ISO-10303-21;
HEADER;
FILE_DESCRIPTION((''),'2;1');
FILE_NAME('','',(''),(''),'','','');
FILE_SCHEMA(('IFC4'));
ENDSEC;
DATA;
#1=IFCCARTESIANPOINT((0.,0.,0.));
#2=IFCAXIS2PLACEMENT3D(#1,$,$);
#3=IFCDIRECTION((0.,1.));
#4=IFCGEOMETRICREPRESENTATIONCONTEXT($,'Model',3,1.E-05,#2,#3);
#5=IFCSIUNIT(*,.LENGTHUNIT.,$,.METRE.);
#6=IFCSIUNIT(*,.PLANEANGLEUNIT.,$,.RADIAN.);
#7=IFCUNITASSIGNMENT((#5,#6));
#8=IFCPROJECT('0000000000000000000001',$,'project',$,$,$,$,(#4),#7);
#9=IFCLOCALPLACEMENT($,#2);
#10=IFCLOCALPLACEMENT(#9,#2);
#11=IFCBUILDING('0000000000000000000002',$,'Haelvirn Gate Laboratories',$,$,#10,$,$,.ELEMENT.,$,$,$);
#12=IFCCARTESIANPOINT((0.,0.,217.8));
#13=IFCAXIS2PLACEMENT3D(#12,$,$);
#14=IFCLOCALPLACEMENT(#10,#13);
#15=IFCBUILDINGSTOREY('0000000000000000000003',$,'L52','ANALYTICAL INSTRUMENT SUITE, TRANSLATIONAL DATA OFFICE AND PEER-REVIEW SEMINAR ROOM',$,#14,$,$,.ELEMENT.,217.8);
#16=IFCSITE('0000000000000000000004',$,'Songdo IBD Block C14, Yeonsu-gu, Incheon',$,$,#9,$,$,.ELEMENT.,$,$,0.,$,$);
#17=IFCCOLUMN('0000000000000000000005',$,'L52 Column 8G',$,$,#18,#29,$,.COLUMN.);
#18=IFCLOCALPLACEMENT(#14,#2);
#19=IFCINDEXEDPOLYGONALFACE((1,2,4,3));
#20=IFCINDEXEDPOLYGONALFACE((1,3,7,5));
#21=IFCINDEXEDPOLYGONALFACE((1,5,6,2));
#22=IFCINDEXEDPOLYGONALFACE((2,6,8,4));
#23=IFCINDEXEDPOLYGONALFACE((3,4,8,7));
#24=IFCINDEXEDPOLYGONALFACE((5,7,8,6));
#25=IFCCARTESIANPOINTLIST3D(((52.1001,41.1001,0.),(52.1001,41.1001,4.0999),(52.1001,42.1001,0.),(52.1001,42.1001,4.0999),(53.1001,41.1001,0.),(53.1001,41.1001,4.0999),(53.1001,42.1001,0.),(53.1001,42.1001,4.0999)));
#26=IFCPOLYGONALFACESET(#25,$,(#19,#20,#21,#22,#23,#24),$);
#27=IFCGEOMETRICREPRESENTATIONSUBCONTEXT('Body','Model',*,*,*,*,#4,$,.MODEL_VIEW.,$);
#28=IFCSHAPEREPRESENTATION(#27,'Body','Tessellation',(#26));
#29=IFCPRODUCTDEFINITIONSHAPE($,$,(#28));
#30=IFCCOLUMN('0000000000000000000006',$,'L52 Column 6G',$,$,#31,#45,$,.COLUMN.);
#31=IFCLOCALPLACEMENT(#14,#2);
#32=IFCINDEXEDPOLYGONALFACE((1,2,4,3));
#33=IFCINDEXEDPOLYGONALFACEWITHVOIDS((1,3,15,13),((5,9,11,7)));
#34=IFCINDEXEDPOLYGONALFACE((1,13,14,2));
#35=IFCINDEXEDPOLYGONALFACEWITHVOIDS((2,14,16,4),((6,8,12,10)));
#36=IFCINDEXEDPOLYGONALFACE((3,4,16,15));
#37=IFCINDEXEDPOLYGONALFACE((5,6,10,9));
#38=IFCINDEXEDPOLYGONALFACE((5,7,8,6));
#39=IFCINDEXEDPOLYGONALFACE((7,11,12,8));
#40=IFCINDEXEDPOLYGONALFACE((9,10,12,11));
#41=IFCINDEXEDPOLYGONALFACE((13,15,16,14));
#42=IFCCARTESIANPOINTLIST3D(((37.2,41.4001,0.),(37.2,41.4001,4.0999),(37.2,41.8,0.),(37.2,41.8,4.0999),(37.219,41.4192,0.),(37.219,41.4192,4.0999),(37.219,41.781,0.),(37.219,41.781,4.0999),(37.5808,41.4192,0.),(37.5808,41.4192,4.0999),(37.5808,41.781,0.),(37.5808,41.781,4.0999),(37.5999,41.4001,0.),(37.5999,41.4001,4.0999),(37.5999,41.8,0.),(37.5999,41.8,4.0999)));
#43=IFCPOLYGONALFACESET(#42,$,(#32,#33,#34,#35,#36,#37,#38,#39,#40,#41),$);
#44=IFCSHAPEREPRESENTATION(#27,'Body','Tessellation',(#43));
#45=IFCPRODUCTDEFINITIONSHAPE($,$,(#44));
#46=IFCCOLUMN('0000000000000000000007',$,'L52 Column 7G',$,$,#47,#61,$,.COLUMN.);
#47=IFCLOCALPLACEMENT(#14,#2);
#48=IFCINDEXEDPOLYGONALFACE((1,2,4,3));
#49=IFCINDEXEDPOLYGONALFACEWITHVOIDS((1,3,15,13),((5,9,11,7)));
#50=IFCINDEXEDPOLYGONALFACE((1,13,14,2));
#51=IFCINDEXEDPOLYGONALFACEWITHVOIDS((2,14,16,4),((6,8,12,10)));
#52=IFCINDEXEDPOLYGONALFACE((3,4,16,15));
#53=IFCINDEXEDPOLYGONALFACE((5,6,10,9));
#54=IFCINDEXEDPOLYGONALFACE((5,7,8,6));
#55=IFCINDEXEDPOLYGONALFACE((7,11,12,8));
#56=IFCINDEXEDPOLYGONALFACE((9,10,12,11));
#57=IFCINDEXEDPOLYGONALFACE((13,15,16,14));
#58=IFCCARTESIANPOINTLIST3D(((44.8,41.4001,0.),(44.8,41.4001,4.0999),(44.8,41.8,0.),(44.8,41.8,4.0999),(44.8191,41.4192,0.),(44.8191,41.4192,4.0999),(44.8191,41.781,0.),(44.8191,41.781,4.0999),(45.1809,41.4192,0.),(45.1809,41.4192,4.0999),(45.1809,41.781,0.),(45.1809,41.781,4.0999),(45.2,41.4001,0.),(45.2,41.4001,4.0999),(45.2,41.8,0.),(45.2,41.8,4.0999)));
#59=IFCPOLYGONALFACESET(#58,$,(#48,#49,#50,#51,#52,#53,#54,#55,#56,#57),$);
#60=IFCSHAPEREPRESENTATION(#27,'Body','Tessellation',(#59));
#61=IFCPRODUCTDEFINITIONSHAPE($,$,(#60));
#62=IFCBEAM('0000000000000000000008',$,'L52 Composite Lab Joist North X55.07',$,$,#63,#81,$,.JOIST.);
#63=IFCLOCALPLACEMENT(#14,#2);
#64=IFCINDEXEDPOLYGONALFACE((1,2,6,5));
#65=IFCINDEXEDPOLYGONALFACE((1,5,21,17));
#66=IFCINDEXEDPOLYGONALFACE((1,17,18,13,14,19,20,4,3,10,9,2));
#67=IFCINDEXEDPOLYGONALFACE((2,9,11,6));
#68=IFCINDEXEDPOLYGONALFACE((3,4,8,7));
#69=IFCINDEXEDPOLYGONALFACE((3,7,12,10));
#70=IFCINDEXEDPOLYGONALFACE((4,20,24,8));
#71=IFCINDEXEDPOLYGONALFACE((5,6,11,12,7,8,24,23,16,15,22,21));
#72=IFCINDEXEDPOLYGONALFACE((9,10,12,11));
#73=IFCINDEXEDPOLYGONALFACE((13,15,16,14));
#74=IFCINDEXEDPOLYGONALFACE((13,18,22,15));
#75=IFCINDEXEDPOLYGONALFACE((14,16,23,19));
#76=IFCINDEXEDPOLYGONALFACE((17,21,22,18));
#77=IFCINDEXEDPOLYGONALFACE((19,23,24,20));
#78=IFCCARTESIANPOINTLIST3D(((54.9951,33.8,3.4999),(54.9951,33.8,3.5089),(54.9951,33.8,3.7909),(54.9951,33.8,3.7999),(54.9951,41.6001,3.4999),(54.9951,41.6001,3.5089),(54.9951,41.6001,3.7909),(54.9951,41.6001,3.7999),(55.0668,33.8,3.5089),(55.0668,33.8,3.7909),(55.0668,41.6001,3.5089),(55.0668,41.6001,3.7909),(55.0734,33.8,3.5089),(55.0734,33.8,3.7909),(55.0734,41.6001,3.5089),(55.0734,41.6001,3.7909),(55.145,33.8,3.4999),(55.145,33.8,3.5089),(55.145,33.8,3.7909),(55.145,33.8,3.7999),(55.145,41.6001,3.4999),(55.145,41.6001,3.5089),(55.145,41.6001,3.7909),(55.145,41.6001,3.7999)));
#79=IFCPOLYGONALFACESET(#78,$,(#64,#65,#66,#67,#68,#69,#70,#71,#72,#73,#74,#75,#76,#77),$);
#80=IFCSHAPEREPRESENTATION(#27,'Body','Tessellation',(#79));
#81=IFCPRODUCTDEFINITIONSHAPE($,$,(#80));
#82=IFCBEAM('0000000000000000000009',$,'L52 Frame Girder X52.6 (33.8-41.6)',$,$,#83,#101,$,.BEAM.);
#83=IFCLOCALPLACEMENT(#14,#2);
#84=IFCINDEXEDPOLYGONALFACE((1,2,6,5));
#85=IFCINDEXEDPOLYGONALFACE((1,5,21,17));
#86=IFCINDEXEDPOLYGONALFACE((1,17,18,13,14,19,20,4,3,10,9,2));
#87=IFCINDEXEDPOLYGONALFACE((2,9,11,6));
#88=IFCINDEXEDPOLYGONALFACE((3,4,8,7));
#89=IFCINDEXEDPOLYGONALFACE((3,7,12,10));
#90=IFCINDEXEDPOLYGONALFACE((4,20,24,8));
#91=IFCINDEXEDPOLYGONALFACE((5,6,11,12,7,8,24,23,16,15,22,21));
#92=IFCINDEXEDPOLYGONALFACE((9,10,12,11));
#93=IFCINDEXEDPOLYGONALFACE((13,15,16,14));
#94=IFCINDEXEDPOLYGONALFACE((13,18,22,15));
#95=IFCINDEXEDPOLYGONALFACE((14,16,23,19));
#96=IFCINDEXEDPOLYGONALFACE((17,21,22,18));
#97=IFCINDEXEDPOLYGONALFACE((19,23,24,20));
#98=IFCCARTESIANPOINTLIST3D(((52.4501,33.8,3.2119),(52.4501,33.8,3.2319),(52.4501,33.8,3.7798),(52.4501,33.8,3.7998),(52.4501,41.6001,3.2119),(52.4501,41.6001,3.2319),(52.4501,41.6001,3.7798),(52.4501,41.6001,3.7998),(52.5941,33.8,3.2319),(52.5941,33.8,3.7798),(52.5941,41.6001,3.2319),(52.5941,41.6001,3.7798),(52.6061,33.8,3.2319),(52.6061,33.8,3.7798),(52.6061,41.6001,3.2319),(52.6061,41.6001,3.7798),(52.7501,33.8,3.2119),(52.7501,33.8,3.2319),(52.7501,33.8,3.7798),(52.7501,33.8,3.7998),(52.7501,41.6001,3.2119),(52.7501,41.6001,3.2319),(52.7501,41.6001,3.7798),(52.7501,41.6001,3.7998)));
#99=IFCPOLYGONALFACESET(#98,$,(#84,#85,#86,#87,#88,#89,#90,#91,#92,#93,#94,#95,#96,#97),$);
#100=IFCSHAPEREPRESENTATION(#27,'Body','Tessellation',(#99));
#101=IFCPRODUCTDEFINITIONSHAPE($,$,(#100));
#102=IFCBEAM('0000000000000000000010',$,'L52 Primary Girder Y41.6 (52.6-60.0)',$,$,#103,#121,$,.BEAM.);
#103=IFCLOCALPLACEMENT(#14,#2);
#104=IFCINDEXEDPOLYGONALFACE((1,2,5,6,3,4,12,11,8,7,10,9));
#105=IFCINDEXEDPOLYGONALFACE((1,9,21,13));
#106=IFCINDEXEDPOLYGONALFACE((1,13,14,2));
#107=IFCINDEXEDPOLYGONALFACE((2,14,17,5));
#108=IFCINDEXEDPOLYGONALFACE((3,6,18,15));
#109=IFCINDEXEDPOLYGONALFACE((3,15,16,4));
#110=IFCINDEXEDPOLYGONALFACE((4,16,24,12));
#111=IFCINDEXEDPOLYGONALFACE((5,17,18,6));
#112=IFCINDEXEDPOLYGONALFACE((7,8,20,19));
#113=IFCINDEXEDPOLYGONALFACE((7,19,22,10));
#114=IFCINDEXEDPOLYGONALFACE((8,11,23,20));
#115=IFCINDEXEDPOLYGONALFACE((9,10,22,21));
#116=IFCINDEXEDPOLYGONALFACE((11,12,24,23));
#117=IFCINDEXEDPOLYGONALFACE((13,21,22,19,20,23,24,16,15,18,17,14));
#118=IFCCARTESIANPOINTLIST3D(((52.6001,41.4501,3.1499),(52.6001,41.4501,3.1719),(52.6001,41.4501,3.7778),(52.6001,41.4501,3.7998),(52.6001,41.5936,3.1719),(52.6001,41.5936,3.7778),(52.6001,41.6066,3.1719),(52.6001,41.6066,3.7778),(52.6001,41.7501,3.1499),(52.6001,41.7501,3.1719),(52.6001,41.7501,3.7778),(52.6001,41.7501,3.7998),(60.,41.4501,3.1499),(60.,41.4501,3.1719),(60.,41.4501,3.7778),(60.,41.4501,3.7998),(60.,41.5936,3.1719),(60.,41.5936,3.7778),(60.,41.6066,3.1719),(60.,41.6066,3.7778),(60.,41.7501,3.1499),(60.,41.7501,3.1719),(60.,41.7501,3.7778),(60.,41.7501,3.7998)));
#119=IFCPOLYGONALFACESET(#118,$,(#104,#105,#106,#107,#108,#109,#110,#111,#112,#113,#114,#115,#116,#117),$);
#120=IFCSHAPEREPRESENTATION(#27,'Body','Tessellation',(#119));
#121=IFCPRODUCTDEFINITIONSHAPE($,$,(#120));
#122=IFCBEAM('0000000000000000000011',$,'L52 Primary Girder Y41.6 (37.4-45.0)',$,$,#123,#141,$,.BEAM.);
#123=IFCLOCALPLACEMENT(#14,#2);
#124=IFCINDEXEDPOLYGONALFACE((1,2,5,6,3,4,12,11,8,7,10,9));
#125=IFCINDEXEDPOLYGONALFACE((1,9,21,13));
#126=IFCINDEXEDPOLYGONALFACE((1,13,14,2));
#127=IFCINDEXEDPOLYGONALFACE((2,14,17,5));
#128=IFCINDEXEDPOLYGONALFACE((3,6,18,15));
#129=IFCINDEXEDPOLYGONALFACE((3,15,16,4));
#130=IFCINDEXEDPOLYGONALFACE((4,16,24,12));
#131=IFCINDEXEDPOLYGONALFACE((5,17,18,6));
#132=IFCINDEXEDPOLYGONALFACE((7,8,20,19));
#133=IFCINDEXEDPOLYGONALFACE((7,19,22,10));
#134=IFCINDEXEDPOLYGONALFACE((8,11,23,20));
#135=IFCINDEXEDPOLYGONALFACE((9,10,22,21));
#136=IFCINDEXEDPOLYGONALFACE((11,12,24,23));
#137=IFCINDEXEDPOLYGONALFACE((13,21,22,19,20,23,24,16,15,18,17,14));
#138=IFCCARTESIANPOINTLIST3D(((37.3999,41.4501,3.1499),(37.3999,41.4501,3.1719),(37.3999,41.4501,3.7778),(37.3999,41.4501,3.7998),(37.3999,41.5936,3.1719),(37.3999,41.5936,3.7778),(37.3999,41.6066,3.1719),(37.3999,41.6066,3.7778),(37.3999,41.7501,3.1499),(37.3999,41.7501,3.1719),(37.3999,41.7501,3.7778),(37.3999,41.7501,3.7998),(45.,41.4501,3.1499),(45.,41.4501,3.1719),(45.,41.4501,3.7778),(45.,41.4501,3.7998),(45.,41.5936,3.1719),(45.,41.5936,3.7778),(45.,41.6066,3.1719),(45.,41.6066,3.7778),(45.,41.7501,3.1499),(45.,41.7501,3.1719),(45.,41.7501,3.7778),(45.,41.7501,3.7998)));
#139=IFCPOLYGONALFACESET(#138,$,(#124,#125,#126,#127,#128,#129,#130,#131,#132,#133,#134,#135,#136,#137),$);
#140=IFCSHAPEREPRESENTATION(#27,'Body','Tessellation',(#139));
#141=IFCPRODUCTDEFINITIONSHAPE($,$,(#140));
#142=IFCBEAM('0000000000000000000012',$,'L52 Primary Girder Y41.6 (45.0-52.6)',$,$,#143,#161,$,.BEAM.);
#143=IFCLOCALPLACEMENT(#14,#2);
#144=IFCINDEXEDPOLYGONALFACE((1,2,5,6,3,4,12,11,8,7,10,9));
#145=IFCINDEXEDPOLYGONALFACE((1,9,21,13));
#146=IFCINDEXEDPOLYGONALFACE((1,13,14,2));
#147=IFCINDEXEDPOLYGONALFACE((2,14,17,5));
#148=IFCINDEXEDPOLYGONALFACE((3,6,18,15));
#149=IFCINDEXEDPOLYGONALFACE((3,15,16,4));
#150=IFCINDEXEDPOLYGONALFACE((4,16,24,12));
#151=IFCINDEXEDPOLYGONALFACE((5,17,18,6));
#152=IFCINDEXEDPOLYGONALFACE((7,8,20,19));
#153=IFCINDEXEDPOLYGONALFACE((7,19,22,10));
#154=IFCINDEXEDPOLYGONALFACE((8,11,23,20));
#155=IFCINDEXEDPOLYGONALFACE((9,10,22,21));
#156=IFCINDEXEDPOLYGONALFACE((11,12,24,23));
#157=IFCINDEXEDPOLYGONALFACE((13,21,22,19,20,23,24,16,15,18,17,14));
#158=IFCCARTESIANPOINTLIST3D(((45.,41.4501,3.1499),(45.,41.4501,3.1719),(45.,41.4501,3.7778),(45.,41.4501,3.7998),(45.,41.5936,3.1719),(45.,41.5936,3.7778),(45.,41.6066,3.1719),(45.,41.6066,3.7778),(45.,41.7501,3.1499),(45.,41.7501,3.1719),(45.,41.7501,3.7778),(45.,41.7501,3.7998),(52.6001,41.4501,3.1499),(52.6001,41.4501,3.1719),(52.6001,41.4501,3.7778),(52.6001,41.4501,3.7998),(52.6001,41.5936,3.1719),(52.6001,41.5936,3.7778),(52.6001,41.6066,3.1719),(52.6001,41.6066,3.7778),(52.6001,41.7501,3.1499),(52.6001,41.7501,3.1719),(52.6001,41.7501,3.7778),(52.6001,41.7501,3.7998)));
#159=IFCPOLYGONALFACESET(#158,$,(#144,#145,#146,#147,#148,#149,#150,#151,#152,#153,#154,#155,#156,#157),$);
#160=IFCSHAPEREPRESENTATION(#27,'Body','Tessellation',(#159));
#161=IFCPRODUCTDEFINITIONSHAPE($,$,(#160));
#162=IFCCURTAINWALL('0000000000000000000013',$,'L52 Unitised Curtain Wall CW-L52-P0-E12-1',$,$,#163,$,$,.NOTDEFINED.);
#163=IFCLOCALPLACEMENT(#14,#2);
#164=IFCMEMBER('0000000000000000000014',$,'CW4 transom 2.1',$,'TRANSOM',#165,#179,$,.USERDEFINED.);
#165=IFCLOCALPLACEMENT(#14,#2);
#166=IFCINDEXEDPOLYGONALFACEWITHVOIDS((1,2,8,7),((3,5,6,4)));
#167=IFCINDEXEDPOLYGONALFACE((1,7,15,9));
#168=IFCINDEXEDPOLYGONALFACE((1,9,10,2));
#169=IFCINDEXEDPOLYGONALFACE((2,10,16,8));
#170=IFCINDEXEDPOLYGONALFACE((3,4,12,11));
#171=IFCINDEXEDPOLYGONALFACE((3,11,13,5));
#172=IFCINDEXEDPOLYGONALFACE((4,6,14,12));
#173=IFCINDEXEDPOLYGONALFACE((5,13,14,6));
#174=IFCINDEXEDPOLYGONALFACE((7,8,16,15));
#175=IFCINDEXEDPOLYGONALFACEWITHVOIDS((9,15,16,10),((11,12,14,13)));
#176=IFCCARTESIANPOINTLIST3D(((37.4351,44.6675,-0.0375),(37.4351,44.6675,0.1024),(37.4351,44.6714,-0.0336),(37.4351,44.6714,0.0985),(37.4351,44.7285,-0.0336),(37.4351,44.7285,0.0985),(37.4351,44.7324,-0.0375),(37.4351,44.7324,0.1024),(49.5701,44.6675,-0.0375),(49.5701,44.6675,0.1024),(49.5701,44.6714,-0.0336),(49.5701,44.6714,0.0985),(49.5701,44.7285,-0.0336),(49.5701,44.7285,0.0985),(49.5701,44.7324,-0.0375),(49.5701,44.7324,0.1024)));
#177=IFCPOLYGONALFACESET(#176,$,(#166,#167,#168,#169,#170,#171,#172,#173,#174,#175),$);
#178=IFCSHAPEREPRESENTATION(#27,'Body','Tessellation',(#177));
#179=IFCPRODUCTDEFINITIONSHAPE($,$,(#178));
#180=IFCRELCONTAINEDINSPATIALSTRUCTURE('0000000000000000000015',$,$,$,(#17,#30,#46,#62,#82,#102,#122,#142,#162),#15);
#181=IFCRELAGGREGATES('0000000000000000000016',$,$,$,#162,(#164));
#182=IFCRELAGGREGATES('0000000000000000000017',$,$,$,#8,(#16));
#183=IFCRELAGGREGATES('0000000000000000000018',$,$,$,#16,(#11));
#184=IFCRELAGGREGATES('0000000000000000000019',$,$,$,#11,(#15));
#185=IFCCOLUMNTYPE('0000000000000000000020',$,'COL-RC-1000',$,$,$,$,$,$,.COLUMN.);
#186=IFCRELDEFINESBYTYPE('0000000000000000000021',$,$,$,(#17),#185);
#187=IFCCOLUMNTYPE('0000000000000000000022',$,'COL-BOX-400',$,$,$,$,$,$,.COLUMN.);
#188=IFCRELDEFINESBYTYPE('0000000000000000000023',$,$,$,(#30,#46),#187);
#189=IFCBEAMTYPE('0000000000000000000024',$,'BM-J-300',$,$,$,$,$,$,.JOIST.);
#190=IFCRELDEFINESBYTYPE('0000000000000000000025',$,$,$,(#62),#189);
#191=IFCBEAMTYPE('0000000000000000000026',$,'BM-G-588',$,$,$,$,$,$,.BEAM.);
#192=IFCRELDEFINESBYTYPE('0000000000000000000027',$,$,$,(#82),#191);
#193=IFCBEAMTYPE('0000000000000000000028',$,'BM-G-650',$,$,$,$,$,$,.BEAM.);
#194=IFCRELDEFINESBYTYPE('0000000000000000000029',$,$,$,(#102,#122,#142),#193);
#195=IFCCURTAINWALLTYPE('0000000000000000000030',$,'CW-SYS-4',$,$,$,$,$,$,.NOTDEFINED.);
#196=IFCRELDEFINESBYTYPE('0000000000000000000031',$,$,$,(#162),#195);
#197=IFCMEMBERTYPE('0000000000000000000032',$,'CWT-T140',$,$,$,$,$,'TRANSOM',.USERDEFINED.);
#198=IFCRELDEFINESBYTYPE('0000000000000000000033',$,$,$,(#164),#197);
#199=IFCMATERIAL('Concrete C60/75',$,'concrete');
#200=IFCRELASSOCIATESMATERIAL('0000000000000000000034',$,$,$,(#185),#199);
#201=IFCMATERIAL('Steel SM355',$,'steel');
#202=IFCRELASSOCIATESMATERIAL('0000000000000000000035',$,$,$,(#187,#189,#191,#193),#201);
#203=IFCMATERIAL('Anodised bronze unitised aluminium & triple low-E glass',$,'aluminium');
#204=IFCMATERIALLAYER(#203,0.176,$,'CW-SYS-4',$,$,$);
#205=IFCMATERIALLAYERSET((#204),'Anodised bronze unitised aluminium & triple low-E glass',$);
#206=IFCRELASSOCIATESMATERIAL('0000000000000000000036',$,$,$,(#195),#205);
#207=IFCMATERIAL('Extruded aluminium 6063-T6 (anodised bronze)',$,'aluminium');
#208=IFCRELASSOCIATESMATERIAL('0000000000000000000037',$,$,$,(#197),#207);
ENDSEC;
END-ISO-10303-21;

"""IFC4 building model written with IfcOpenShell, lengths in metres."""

from ifc_helpers import new_model, si_unit, direction, frame, origin, origin_2d, place, context, subcontext, project, spatial, rectangle, hollow_rectangle, i_section, extrude, source, transform, mapped, material, layer, layer_set, material_profile, profile_set, type_object, type_shapes, element, aggregate, save


model = new_model("IFC4")

# Units and contexts
model_context = context("Model", 3, precision=1e-05, world=origin(), true_north=direction((0.0, 1.0)))
body_context = subcontext(model_context, "Body", "Model", "MODEL_VIEW")
ifc_project = project(units=[si_unit("LENGTHUNIT", "METRE"), si_unit("PLANEANGLEUNIT", "RADIAN")], contexts=[model_context])

# Site, building, storey
site_placement = place(None, origin())
site = spatial("IfcSite", under=ifc_project, at=site_placement, Name="Songdo IBD Block C14, Yeonsu-gu, Incheon", CompositionType="ELEMENT", RefElevation=0.0)
building_placement = place(site_placement, origin())
building = spatial("IfcBuilding", under=site, at=building_placement, Name="Haelvirn Gate Laboratories", CompositionType="ELEMENT")
storey_placement = place(building_placement, frame((0.0, 0.0, 217.8)))
storey = spatial("IfcBuildingStorey", under=building, at=storey_placement, Name="L52", Description="ANALYTICAL INSTRUMENT SUITE, TRANSLATIONAL DATA OFFICE AND PEER-REVIEW SEMINAR ROOM", CompositionType="ELEMENT", Elevation=217.8)

# Columns
ifc_material_1 = material(Name="Concrete C60/75", Category="concrete")
ifc_material_profile_1 = material_profile(ifc_material_1, rectangle(XDim=1.0, YDim=1.0, at=origin_2d()), Name="RC-1000x1000")
ifc_profile_set_1 = profile_set([ifc_material_profile_1], Name="Concrete C60/75")
column_type_1 = type_object("IfcColumnType", Name="COL-RC-1000", PredefinedType="COLUMN", material=ifc_profile_set_1)
shared_shape_1 = source(origin(), body_context, "Body", "SweptSolid", [
    extrude(rectangle(XDim=1.0, YDim=1.0, at=origin_2d()), origin(), (0.0, 0.0, 1.0), 4.0999),
])
type_shapes(column_type_1, [shared_shape_1])
column_placement = place(storey_placement, frame((52.6001, 41.6001, 0.0), z_axis=(0.0, 0.0, 1.0), x_axis=(1.0, 0.0, 0.0)))
element("IfcColumn", 1, at=column_placement, inside=storey, type_object=column_type_1, Name="L52 Column 8G", PredefinedType="COLUMN", context=body_context, shape_type="MappedRepresentation", body=[
    mapped(shared_shape_1, transform((0.0, 0.0, 0.0), scale=1.0)),
])
ifc_material_2 = material(Name="Steel SM355", Category="steel")
ifc_material_profile_2 = material_profile(ifc_material_2, hollow_rectangle(XDim=0.3999, YDim=0.3999, WallThickness=0.019, at=origin_2d()), Name="BOX-400x400x19")
ifc_profile_set_2 = profile_set([ifc_material_profile_2], Name="Steel SM355")
column_type_2 = type_object("IfcColumnType", Name="COL-BOX-400", PredefinedType="COLUMN", material=ifc_profile_set_2)
shared_shape_2 = source(origin(), body_context, "Body", "SweptSolid", [
    extrude(hollow_rectangle(XDim=0.3999, YDim=0.3999, WallThickness=0.019, at=origin_2d()), origin(), (0.0, 0.0, 1.0), 4.0999),
])
type_shapes(column_type_2, [shared_shape_2])
for number, where, z_axis, x_axis, name in (
    (2, (37.3999, 41.6001, 0.0), (0.0, 0.0, 1.0), (1.0, 0.0, 0.0), "L52 Column 6G"),
    (3, (45.0, 41.6001, 0.0), (0.0, 0.0, 1.0), (1.0, 0.0, 0.0), "L52 Column 7G"),
):
    element("IfcColumn", number, at=place(storey_placement, frame(where, z_axis=z_axis, x_axis=x_axis)), inside=storey, type_object=column_type_2, Name=name, PredefinedType="COLUMN", context=body_context, shape_type="MappedRepresentation", body=[
        mapped(shared_shape_2, transform((0.0, 0.0, 0.0), scale=1.0)),
    ])

# Beams
ifc_material_profile_3 = material_profile(ifc_material_2, i_section(OverallWidth=0.1499, OverallDepth=0.3, WebThickness=0.0066, FlangeThickness=0.009, at=origin_2d()), Name="H-300x150x6.5x9")
ifc_profile_set_3 = profile_set([ifc_material_profile_3], Name="Steel SM355")
beam_type_1 = type_object("IfcBeamType", Name="BM-J-300", PredefinedType="JOIST", material=ifc_profile_set_3)
shared_shape_3 = source(origin(), body_context, "Body", "SweptSolid", [
    extrude(i_section(OverallWidth=0.1499, OverallDepth=0.3, WebThickness=0.0066, FlangeThickness=0.009, at=origin_2d()), origin(), (0.0, 0.0, 1.0), 7.8),
])
type_shapes(beam_type_1, [shared_shape_3])
beam_1_placement = place(storey_placement, frame((55.0701, 33.8, 3.6499), z_axis=(0.0, 1.0, 0.0), x_axis=(-1.0, 0.0, 0.0)))
element("IfcBeam", 4, at=beam_1_placement, inside=storey, type_object=beam_type_1, Name="L52 Composite Lab Joist North X55.07", PredefinedType="JOIST", context=body_context, shape_type="MappedRepresentation", body=[
    mapped(shared_shape_3, transform((0.0, 0.0, 0.0), scale=1.0)),
])
ifc_material_profile_4 = material_profile(ifc_material_2, i_section(OverallWidth=0.3, OverallDepth=0.5879, WebThickness=0.012, FlangeThickness=0.02, at=origin_2d()), Name="H-588x300x12x20")
ifc_profile_set_4 = profile_set([ifc_material_profile_4], Name="Steel SM355")
beam_type_2 = type_object("IfcBeamType", Name="BM-G-588", PredefinedType="BEAM", material=ifc_profile_set_4)
shared_shape_4 = source(origin(), body_context, "Body", "SweptSolid", [
    extrude(i_section(OverallWidth=0.3, OverallDepth=0.5879, WebThickness=0.012, FlangeThickness=0.02, at=origin_2d()), origin(), (0.0, 0.0, 1.0), 7.8),
])
type_shapes(beam_type_2, [shared_shape_4])
beam_2_placement = place(storey_placement, frame((52.6001, 33.8, 3.5059), z_axis=(0.0, 1.0, 0.0), x_axis=(-1.0, 0.0, 0.0)))
element("IfcBeam", 5, at=beam_2_placement, inside=storey, type_object=beam_type_2, Name="L52 Frame Girder X52.6 (33.8-41.6)", PredefinedType="BEAM", context=body_context, shape_type="MappedRepresentation", body=[
    mapped(shared_shape_4, transform((0.0, 0.0, 0.0), scale=1.0)),
])
ifc_material_profile_5 = material_profile(ifc_material_2, i_section(OverallWidth=0.3, OverallDepth=0.6499, WebThickness=0.0129, FlangeThickness=0.022, at=origin_2d()), Name="H-650x300x13x22")
ifc_profile_set_5 = profile_set([ifc_material_profile_5], Name="Steel SM355")
beam_type_3 = type_object("IfcBeamType", Name="BM-G-650", PredefinedType="BEAM", material=ifc_profile_set_5)
shared_shape_5 = source(origin(), body_context, "Body", "SweptSolid", [
    extrude(i_section(OverallWidth=0.3, OverallDepth=0.6499, WebThickness=0.0129, FlangeThickness=0.022, at=origin_2d()), origin(), (0.0, 0.0, 1.0), 7.3999),
])
beam_3_placement = place(storey_placement, frame((52.6001, 41.6001, 3.4749), z_axis=(1.0, 0.0, 0.0), x_axis=(0.0, 1.0, 0.0)))
element("IfcBeam", 6, at=beam_3_placement, inside=storey, type_object=beam_type_3, Name="L52 Primary Girder Y41.6 (52.6-60.0)", PredefinedType="BEAM", context=body_context, shape_type="MappedRepresentation", body=[
    mapped(shared_shape_5, transform((0.0, 0.0, 0.0), scale=1.0)),
])
shared_shape_6 = source(origin(), body_context, "Body", "SweptSolid", [
    extrude(i_section(OverallWidth=0.3, OverallDepth=0.6499, WebThickness=0.0129, FlangeThickness=0.022, at=origin_2d()), origin(), (0.0, 0.0, 1.0), 7.6001),
])
type_shapes(beam_type_3, [shared_shape_5, shared_shape_6])
for number, where, z_axis, x_axis, name in (
    (7, (37.3999, 41.6001, 3.4749), (1.0, 0.0, 0.0), (0.0, 1.0, 0.0), "L52 Primary Girder Y41.6 (37.4-45.0)"),
    (8, (45.0, 41.6001, 3.4749), (1.0, 0.0, 0.0), (0.0, 1.0, 0.0), "L52 Primary Girder Y41.6 (45.0-52.6)"),
):
    element("IfcBeam", number, at=place(storey_placement, frame(where, z_axis=z_axis, x_axis=x_axis)), inside=storey, type_object=beam_type_3, Name=name, PredefinedType="BEAM", context=body_context, shape_type="MappedRepresentation", body=[
        mapped(shared_shape_6, transform((0.0, 0.0, 0.0), scale=1.0)),
    ])

# Curtain wall, member
ifc_material_3 = material(Name="Anodised bronze unitised aluminium & triple low-E glass", Category="aluminium")
ifc_layer_1 = layer(ifc_material_3, 0.176, Name="CW-SYS-4")
ifc_layer_set_1 = layer_set([ifc_layer_1], Name="Anodised bronze unitised aluminium & triple low-E glass")
curtain_wall_type = type_object("IfcCurtainWallType", Name="CW-SYS-4", PredefinedType="NOTDEFINED", material=ifc_layer_set_1)
curtain_wall_1_placement = place(storey_placement, origin())
curtain_wall_1 = element("IfcCurtainWall", 9, at=curtain_wall_1_placement, inside=storey, type_object=curtain_wall_type, Name="L52 Unitised Curtain Wall CW-L52-P0-E12-1", PredefinedType="NOTDEFINED")
ifc_material_4 = material(Name="Extruded aluminium 6063-T6 (anodised bronze)", Category="aluminium")
ifc_material_profile_6 = material_profile(ifc_material_4, hollow_rectangle(XDim=0.0649, YDim=0.1399, WallThickness=0.0039, at=origin_2d()), Name="CWT-140x65x4")
ifc_profile_set_6 = profile_set([ifc_material_profile_6], Name="Extruded aluminium 6063-T6 (anodised bronze)")
member_type_1 = type_object("IfcMemberType", Name="CWT-T140", ElementType="TRANSOM", PredefinedType="USERDEFINED", material=ifc_profile_set_6)
shared_shape_7 = source(origin(), body_context, "Body", "SweptSolid", [
    extrude(hollow_rectangle(XDim=0.0649, YDim=0.1399, WallThickness=0.0039, at=origin_2d()), origin(), (0.0, 0.0, 1.0), 12.135),
])
member_1_placement = place(storey_placement, frame((37.4351, 44.7, 0.0325), z_axis=(1.0, 0.0, 0.0), x_axis=(0.0, 1.0, 0.0)))
member_1 = element("IfcMember", 10, at=member_1_placement, type_object=member_type_1, Name="CW4 transom 2.1", ObjectType="TRANSOM", PredefinedType="USERDEFINED", context=body_context, shape_type="MappedRepresentation", body=[
    mapped(shared_shape_7, transform((0.0, 0.0, 0.0), scale=1.0)),
])

aggregate(curtain_wall_1, [member_1])

save(model, "model.ifc")
